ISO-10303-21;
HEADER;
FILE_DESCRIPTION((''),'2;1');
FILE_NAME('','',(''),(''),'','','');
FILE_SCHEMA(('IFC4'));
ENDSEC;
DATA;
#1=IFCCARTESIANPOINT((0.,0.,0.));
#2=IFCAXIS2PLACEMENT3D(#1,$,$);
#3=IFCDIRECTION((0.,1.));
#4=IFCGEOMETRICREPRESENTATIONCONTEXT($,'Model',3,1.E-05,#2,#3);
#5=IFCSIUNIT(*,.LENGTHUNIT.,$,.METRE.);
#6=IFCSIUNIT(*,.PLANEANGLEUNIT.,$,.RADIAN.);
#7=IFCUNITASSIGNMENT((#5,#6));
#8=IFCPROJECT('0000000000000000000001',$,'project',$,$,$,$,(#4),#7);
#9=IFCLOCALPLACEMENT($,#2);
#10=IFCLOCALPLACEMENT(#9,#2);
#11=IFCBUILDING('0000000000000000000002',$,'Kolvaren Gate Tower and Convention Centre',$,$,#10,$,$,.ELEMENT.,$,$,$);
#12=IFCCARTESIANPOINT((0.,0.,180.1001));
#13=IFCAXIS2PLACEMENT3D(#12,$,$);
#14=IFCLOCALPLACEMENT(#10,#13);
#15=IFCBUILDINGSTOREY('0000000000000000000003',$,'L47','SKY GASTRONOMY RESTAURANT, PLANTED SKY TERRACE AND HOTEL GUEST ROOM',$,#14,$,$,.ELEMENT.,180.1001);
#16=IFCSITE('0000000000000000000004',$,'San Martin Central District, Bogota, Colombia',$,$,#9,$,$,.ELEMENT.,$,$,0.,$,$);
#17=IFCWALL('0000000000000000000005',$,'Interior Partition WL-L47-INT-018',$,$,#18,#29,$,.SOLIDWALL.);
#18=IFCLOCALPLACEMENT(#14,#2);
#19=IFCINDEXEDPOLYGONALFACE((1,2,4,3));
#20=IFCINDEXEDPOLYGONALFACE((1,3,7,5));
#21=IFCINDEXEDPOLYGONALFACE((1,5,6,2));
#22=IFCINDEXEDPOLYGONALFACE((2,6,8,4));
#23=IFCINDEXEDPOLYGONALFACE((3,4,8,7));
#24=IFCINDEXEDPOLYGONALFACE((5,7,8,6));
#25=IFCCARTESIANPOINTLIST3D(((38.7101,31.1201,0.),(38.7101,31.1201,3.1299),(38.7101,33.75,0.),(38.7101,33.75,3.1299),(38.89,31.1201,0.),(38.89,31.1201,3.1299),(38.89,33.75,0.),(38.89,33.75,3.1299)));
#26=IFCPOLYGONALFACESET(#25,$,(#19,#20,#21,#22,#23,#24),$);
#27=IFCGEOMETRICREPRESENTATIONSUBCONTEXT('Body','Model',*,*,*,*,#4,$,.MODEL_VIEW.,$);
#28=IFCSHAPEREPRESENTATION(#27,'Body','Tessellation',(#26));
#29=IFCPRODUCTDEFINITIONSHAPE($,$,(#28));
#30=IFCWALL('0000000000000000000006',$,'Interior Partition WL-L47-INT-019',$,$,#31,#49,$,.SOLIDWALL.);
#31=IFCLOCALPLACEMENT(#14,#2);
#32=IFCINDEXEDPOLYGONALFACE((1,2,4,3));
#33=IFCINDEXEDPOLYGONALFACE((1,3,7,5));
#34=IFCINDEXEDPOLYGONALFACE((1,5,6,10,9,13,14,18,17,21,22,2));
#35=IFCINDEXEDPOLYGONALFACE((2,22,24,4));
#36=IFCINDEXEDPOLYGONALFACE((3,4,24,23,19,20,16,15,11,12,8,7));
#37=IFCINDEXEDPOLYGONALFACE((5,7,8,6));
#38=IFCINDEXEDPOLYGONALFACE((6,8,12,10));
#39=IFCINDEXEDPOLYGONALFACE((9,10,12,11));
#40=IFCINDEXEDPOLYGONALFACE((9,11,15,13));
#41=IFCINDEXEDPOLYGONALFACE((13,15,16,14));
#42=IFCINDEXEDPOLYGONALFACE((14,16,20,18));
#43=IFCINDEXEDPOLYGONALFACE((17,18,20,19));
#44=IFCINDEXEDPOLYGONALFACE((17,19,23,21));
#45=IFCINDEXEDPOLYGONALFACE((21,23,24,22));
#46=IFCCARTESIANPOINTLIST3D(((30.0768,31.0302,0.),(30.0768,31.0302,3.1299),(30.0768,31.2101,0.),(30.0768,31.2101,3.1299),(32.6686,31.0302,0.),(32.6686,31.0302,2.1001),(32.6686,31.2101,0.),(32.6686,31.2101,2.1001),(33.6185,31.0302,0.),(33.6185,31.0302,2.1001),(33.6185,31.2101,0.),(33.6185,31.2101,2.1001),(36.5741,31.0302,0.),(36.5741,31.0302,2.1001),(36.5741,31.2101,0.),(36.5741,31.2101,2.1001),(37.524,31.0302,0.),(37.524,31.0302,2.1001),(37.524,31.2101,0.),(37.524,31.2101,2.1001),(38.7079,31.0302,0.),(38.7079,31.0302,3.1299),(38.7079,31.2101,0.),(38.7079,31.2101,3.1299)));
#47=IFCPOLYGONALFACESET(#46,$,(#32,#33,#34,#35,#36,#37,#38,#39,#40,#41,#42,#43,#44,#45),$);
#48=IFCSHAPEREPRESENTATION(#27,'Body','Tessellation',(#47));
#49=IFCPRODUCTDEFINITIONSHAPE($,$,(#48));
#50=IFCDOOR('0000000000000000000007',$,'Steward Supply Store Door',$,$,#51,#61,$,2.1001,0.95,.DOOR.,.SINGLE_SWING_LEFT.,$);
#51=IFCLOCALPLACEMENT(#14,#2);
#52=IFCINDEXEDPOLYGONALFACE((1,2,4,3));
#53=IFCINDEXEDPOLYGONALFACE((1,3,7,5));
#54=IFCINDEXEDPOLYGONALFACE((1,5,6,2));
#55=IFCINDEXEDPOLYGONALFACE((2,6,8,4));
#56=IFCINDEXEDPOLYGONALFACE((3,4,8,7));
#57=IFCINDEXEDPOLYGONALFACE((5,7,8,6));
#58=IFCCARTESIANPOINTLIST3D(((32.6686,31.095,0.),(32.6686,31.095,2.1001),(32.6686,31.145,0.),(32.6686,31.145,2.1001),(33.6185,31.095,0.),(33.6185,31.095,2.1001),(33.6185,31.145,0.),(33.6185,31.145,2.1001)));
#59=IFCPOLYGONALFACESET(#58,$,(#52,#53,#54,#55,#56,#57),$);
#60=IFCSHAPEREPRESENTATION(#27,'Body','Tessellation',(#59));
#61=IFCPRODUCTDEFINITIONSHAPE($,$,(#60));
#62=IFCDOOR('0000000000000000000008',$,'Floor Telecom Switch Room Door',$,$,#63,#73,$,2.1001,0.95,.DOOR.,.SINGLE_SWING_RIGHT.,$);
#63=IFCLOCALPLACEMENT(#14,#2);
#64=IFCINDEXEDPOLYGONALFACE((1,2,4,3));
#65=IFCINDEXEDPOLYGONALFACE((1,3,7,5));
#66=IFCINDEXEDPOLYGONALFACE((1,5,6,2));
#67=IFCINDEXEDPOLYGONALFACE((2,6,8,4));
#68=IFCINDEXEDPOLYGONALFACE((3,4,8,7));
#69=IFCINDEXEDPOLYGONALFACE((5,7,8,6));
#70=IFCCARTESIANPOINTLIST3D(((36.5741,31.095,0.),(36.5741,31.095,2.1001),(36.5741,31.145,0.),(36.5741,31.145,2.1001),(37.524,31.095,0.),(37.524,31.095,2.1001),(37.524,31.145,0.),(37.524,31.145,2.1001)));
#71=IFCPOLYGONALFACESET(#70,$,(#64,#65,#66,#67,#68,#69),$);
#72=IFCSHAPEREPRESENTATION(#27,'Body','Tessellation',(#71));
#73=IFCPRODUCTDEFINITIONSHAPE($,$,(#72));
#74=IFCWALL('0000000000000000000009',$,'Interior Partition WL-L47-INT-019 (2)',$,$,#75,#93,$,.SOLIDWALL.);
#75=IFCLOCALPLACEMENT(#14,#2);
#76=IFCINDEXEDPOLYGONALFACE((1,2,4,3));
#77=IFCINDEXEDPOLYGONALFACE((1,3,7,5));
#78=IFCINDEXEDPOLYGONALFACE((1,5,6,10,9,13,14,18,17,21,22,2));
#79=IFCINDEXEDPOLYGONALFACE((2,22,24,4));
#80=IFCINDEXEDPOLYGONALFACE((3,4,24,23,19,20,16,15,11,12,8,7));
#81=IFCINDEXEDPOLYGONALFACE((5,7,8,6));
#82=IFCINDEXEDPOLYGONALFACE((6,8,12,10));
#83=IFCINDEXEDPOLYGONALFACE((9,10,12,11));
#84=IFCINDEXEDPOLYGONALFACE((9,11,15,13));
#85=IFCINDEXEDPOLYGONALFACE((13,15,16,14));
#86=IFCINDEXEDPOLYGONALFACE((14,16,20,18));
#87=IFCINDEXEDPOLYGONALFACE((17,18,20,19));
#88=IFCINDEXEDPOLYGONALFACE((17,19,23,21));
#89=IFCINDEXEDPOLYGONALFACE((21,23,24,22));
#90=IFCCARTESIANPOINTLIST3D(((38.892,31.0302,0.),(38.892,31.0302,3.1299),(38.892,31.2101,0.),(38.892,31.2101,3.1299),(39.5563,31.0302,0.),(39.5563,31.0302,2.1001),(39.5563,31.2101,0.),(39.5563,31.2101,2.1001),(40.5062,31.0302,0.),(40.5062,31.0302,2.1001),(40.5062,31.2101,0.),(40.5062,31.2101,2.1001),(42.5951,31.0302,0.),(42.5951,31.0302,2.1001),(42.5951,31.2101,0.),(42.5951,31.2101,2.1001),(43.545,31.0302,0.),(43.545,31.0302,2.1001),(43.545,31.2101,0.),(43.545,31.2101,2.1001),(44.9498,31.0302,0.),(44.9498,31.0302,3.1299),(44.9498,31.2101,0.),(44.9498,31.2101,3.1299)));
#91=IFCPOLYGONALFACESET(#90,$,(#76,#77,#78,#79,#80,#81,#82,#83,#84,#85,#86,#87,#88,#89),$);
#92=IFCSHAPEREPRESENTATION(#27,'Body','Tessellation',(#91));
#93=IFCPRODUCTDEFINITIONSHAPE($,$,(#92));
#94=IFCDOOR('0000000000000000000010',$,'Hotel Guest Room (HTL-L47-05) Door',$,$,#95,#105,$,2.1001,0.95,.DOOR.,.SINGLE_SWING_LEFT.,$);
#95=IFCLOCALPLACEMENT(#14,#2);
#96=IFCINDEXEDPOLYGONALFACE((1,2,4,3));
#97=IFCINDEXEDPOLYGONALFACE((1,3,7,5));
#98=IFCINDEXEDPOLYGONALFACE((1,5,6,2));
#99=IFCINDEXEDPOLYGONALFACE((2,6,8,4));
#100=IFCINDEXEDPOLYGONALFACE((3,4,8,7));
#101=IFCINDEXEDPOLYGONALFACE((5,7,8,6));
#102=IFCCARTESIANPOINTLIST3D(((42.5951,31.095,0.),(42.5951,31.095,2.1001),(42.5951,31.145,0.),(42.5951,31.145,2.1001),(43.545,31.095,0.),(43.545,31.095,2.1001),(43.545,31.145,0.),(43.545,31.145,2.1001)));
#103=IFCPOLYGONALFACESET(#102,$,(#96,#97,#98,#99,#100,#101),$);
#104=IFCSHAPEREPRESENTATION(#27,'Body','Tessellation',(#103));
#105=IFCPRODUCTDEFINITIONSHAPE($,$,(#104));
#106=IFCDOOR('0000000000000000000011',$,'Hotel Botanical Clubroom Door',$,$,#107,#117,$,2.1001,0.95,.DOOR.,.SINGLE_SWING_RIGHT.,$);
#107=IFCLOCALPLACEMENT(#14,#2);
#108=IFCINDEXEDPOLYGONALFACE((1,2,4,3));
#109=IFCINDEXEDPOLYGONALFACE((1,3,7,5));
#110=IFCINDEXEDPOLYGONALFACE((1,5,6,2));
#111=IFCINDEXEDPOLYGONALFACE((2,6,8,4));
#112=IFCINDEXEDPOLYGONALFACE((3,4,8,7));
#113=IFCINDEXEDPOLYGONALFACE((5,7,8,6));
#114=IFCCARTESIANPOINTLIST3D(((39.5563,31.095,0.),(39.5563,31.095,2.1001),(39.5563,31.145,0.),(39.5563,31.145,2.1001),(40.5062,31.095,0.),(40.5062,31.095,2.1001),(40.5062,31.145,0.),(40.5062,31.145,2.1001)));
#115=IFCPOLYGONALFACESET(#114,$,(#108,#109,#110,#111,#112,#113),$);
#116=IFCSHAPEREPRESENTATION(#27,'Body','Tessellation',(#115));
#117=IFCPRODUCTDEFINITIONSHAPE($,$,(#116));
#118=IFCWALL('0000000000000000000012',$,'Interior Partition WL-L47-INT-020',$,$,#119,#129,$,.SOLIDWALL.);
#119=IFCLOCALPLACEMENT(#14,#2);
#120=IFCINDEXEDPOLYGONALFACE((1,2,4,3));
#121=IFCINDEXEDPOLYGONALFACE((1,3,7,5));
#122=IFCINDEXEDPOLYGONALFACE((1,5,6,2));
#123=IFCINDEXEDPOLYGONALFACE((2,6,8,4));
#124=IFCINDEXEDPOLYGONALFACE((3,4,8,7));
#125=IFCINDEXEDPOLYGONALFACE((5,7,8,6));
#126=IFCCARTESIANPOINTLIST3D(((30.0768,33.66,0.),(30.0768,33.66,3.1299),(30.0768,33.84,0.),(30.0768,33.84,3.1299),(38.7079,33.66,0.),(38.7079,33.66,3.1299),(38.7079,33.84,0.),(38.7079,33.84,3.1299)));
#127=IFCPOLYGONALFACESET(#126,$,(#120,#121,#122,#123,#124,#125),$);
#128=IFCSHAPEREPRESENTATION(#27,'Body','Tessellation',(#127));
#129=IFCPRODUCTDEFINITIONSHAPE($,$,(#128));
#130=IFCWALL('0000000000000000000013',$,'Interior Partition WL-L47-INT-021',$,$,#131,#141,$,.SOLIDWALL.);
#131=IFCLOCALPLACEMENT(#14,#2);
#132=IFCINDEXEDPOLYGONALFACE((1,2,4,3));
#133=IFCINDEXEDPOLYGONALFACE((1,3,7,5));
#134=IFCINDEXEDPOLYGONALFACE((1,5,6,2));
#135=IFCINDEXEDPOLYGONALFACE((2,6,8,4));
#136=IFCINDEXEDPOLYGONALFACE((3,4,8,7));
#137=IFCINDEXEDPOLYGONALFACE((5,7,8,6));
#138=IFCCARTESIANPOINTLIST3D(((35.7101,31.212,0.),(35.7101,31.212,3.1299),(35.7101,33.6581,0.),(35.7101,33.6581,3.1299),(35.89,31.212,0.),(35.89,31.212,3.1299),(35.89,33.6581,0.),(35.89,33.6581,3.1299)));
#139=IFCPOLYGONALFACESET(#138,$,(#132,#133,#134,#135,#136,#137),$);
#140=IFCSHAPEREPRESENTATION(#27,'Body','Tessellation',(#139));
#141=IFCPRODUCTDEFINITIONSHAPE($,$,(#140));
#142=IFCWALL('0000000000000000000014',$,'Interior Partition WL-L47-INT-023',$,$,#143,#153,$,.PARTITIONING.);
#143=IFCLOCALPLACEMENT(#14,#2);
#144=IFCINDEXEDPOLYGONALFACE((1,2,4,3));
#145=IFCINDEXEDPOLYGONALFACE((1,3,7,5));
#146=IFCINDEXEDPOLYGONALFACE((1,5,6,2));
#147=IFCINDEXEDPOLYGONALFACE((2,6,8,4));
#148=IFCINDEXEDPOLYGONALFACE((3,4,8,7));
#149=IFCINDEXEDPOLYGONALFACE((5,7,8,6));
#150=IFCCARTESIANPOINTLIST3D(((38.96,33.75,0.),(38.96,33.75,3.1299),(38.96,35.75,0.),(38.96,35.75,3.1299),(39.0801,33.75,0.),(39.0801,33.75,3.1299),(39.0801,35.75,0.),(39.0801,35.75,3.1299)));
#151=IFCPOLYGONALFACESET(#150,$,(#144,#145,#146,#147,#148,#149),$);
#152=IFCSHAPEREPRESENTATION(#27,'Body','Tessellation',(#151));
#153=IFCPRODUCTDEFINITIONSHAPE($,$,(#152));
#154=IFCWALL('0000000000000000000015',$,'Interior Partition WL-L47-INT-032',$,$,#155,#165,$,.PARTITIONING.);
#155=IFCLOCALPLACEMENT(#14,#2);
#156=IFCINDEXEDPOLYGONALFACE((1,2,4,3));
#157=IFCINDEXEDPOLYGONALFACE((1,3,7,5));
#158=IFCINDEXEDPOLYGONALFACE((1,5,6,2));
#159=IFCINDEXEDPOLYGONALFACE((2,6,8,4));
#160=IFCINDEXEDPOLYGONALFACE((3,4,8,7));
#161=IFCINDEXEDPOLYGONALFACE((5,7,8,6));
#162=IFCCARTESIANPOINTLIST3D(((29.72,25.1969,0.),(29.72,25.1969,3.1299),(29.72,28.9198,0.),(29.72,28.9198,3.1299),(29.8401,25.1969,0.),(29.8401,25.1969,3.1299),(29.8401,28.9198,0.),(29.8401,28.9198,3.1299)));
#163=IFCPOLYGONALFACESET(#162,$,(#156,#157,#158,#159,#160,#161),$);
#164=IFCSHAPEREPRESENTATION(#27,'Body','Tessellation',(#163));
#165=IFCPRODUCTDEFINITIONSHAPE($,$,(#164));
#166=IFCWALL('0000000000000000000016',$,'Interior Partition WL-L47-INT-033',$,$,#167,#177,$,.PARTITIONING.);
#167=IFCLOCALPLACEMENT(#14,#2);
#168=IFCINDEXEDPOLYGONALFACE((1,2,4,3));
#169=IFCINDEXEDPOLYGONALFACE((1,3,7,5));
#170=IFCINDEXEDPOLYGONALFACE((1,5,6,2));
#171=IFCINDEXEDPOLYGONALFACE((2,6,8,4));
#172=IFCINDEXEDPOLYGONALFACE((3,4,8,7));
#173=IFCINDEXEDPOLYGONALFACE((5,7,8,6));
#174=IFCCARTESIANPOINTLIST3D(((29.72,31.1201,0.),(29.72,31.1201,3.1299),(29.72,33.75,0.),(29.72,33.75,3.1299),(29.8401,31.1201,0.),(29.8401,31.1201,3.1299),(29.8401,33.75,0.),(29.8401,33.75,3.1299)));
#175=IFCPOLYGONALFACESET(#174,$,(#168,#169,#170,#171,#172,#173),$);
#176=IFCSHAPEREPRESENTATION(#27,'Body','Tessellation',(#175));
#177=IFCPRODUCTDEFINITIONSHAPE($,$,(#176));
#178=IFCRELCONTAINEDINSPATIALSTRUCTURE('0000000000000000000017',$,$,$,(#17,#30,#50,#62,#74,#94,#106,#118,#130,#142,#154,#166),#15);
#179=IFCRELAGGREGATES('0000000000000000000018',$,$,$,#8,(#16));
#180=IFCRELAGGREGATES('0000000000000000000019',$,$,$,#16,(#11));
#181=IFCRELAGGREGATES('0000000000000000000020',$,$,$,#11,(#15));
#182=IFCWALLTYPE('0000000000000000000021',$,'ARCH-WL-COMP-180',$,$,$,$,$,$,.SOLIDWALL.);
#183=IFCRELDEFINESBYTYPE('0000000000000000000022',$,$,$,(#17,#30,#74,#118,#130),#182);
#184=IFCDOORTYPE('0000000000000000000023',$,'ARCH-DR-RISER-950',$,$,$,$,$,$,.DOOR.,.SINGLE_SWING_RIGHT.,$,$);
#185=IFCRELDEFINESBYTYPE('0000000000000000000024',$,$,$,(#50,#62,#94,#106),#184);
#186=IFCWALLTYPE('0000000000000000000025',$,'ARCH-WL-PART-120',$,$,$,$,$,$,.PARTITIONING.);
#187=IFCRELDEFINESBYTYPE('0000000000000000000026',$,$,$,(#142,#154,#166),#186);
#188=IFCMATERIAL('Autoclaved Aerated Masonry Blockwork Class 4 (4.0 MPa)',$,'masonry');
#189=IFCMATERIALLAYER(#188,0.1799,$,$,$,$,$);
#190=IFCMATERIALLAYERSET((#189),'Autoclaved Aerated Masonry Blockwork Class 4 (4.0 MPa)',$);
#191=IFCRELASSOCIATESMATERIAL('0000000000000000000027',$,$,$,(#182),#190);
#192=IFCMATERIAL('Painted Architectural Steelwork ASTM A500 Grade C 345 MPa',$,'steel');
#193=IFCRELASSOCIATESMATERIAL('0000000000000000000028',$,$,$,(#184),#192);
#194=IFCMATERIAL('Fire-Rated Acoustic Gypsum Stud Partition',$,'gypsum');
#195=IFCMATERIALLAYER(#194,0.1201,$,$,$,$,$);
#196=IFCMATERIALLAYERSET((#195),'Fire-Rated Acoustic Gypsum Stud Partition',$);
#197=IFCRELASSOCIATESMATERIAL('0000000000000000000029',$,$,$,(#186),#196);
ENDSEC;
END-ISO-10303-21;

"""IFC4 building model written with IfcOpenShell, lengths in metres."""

from ifc_helpers import new_model, si_unit, direction, frame, frame_2d, origin, place, context, subcontext, project, spatial, rectangle, extrude, material, layer, layer_set, type_object, element, fill, save


model = new_model("IFC4")

# Units and contexts
model_context = context("Model", 3, precision=1e-05, world=origin(), true_north=direction((0.0, 1.0)))
body_context = subcontext(model_context, "Body", "Model", "MODEL_VIEW")
ifc_project = project(units=[si_unit("LENGTHUNIT", "METRE"), si_unit("PLANEANGLEUNIT", "RADIAN")], contexts=[model_context])

# Site, building, storey
site_placement = place(None, origin())
site = spatial("IfcSite", under=ifc_project, at=site_placement, Name="San Martin Central District, Bogota, Colombia", CompositionType="ELEMENT", RefElevation=0.0)
building_placement = place(site_placement, origin())
building = spatial("IfcBuilding", under=site, at=building_placement, Name="Kolvaren Gate Tower and Convention Centre", CompositionType="ELEMENT")
storey_placement = place(building_placement, frame((0.0, 0.0, 180.1001)))
storey = spatial("IfcBuildingStorey", under=building, at=storey_placement, Name="L47", Description="SKY GASTRONOMY RESTAURANT, PLANTED SKY TERRACE AND HOTEL GUEST ROOM", CompositionType="ELEMENT", Elevation=180.1001)

# Wall
ifc_material_1 = material(Name="Autoclaved Aerated Masonry Blockwork Class 4 (4.0 MPa)", Category="masonry")
ifc_layer_1 = layer(ifc_material_1, 0.1799)
ifc_layer_set_1 = layer_set([ifc_layer_1], Name="Autoclaved Aerated Masonry Blockwork Class 4 (4.0 MPa)")
wall_type_1 = type_object("IfcWallType", Name="ARCH-WL-COMP-180", PredefinedType="SOLIDWALL", material=ifc_layer_set_1)
wall_1_placement = place(storey_placement, frame((38.8, 31.1201, 0.0), z_axis=(0.0, 0.0, 1.0), x_axis=(0.0, 1.0, 0.0)))
element("IfcWall", 1, at=wall_1_placement, inside=storey, type_object=wall_type_1, Name="Interior Partition WL-L47-INT-018", PredefinedType="SOLIDWALL", context=body_context, shape_type="SweptSolid", body=[
    extrude(rectangle(XDim=2.6299, YDim=0.1799, at=frame_2d((1.3149, 0.0))), origin(), (0.0, 0.0, 1.0), 3.1299),
])

# Walls, openings, doors
wall_2_placement = place(storey_placement, frame((30.0769, 31.1201, 0.0), z_axis=(0.0, 0.0, 1.0), x_axis=(1.0, 0.0, 0.0)))
wall_2 = element("IfcWall", 2, at=wall_2_placement, inside=storey, type_object=wall_type_1, Name="Interior Partition WL-L47-INT-019", PredefinedType="SOLIDWALL", context=body_context, shape_type="SweptSolid", body=[
    extrude(rectangle(XDim=8.6311, YDim=0.1799, at=frame_2d((4.3154, 0.0))), origin(), (0.0, 0.0, 1.0), 3.1299),
])
opening_1_placement = place(wall_2_placement, frame((2.5916, 0.0, 0.0)))
opening_1 = element("IfcOpeningElement", 3, at=opening_1_placement, cuts=wall_2, PredefinedType="OPENING", context=body_context, shape_type="SweptSolid", body=[
    extrude(rectangle(XDim=0.95, YDim=2.1001, at=frame_2d((0.4751, 1.05))), frame((0.0, 0.0999, 0.0), z_axis=(0.0, -1.0, 0.0), x_axis=(1.0, 0.0, 0.0)), (0.0, 0.0, 1.0), 0.2),
])
opening_2_placement = place(wall_2_placement, frame((6.4971, 0.0, 0.0)))
opening_2 = element("IfcOpeningElement", 4, at=opening_2_placement, cuts=wall_2, PredefinedType="OPENING", context=body_context, shape_type="SweptSolid", body=[
    extrude(rectangle(XDim=0.95, YDim=2.1001, at=frame_2d((0.4751, 1.05))), frame((0.0, 0.0999, 0.0), z_axis=(0.0, -1.0, 0.0), x_axis=(1.0, 0.0, 0.0)), (0.0, 0.0, 1.0), 0.2),
])
ifc_material_2 = material(Name="Painted Architectural Steelwork ASTM A500 Grade C 345 MPa", Category="steel")
door_type = type_object("IfcDoorType", Name="ARCH-DR-RISER-950", OperationType="SINGLE_SWING_RIGHT", PredefinedType="DOOR", material=ifc_material_2)
door_1_placement = place(opening_1_placement, origin())
door_1 = element("IfcDoor", 5, at=door_1_placement, inside=storey, type_object=door_type, Name="Steward Supply Store Door", OperationType="SINGLE_SWING_LEFT", OverallHeight=2.1001, OverallWidth=0.95, PredefinedType="DOOR", context=body_context, shape_type="SweptSolid", body=[
    extrude(rectangle(XDim=0.95, YDim=2.1001, at=frame_2d((0.4751, 1.05))), frame((0.0, 0.0249, 0.0), z_axis=(0.0, -1.0, 0.0), x_axis=(1.0, 0.0, 0.0)), (0.0, 0.0, 1.0), 0.05),
])
fill(opening_1, door_1)
door_2_placement = place(opening_2_placement, origin())
door_2 = element("IfcDoor", 6, at=door_2_placement, inside=storey, type_object=door_type, Name="Floor Telecom Switch Room Door", OperationType="SINGLE_SWING_RIGHT", OverallHeight=2.1001, OverallWidth=0.95, PredefinedType="DOOR", context=body_context, shape_type="SweptSolid", body=[
    extrude(rectangle(XDim=0.95, YDim=2.1001, at=frame_2d((0.4751, 1.05))), frame((0.0, 0.0249, 0.0), z_axis=(0.0, -1.0, 0.0), x_axis=(1.0, 0.0, 0.0)), (0.0, 0.0, 1.0), 0.05),
])
fill(opening_2, door_2)
wall_3_placement = place(storey_placement, frame((38.8921, 31.1201, 0.0), z_axis=(0.0, 0.0, 1.0), x_axis=(1.0, 0.0, 0.0)))
wall_3 = element("IfcWall", 7, at=wall_3_placement, inside=storey, type_object=wall_type_1, Name="Interior Partition WL-L47-INT-019 (2)", PredefinedType="SOLIDWALL", context=body_context, shape_type="SweptSolid", body=[
    extrude(rectangle(XDim=6.0579, YDim=0.1799, at=frame_2d((3.0288, 0.0))), origin(), (0.0, 0.0, 1.0), 3.1299),
])
opening_3_placement = place(wall_3_placement, frame((3.7029, 0.0, 0.0)))
opening_3 = element("IfcOpeningElement", 8, at=opening_3_placement, cuts=wall_3, PredefinedType="OPENING", context=body_context, shape_type="SweptSolid", body=[
    extrude(rectangle(XDim=0.95, YDim=2.1001, at=frame_2d((0.4751, 1.05))), frame((0.0, 0.0999, 0.0), z_axis=(0.0, -1.0, 0.0), x_axis=(1.0, 0.0, 0.0)), (0.0, 0.0, 1.0), 0.2),
])
opening_4_placement = place(wall_3_placement, frame((0.6641, 0.0, 0.0)))
opening_4 = element("IfcOpeningElement", 9, at=opening_4_placement, cuts=wall_3, PredefinedType="OPENING", context=body_context, shape_type="SweptSolid", body=[
    extrude(rectangle(XDim=0.95, YDim=2.1001, at=frame_2d((0.4751, 1.05))), frame((0.0, 0.0999, 0.0), z_axis=(0.0, -1.0, 0.0), x_axis=(1.0, 0.0, 0.0)), (0.0, 0.0, 1.0), 0.2),
])
door_3_placement = place(opening_3_placement, origin())
door_3 = element("IfcDoor", 10, at=door_3_placement, inside=storey, type_object=door_type, Name="Hotel Guest Room (HTL-L47-05) Door", OperationType="SINGLE_SWING_LEFT", OverallHeight=2.1001, OverallWidth=0.95, PredefinedType="DOOR", context=body_context, shape_type="SweptSolid", body=[
    extrude(rectangle(XDim=0.95, YDim=2.1001, at=frame_2d((0.4751, 1.05))), frame((0.0, 0.0249, 0.0), z_axis=(0.0, -1.0, 0.0), x_axis=(1.0, 0.0, 0.0)), (0.0, 0.0, 1.0), 0.05),
])
fill(opening_3, door_3)
door_4_placement = place(opening_4_placement, origin())
door_4 = element("IfcDoor", 11, at=door_4_placement, inside=storey, type_object=door_type, Name="Hotel Botanical Clubroom Door", OperationType="SINGLE_SWING_RIGHT", OverallHeight=2.1001, OverallWidth=0.95, PredefinedType="DOOR", context=body_context, shape_type="SweptSolid", body=[
    extrude(rectangle(XDim=0.95, YDim=2.1001, at=frame_2d((0.4751, 1.05))), frame((0.0, 0.0249, 0.0), z_axis=(0.0, -1.0, 0.0), x_axis=(1.0, 0.0, 0.0)), (0.0, 0.0, 1.0), 0.05),
])
fill(opening_4, door_4)

# Walls
wall_4_placement = place(storey_placement, frame((30.0769, 33.75, 0.0), z_axis=(0.0, 0.0, 1.0), x_axis=(1.0, 0.0, 0.0)))
element("IfcWall", 12, at=wall_4_placement, inside=storey, type_object=wall_type_1, Name="Interior Partition WL-L47-INT-020", PredefinedType="SOLIDWALL", context=body_context, shape_type="SweptSolid", body=[
    extrude(rectangle(XDim=8.6311, YDim=0.1799, at=frame_2d((4.3154, 0.0))), origin(), (0.0, 0.0, 1.0), 3.1299),
])
wall_5_placement = place(storey_placement, frame((35.8, 31.2119, 0.0), z_axis=(0.0, 0.0, 1.0), x_axis=(0.0, 1.0, 0.0)))
element("IfcWall", 13, at=wall_5_placement, inside=storey, type_object=wall_type_1, Name="Interior Partition WL-L47-INT-021", PredefinedType="SOLIDWALL", context=body_context, shape_type="SweptSolid", body=[
    extrude(rectangle(XDim=2.446, YDim=0.1799, at=frame_2d((1.2231, 0.0))), origin(), (0.0, 0.0, 1.0), 3.1299),
])
ifc_material_3 = material(Name="Fire-Rated Acoustic Gypsum Stud Partition", Category="gypsum")
ifc_layer_2 = layer(ifc_material_3, 0.1201)
ifc_layer_set_2 = layer_set([ifc_layer_2], Name="Fire-Rated Acoustic Gypsum Stud Partition")
wall_type_2 = type_object("IfcWallType", Name="ARCH-WL-PART-120", PredefinedType="PARTITIONING", material=ifc_layer_set_2)
wall_6_placement = place(storey_placement, frame((39.02, 33.75, 0.0), z_axis=(0.0, 0.0, 1.0), x_axis=(0.0, 1.0, 0.0)))
element("IfcWall", 14, at=wall_6_placement, inside=storey, type_object=wall_type_2, Name="Interior Partition WL-L47-INT-023", PredefinedType="PARTITIONING", context=body_context, shape_type="SweptSolid", body=[
    extrude(rectangle(XDim=2.0, YDim=0.1201, at=frame_2d((1.0, 0.0))), origin(), (0.0, 0.0, 1.0), 3.1299),
])
wall_7_placement = place(storey_placement, frame((29.78, 25.197, 0.0), z_axis=(0.0, 0.0, 1.0), x_axis=(0.0, 1.0, 0.0)))
element("IfcWall", 15, at=wall_7_placement, inside=storey, type_object=wall_type_2, Name="Interior Partition WL-L47-INT-032", PredefinedType="PARTITIONING", context=body_context, shape_type="SweptSolid", body=[
    extrude(rectangle(XDim=3.7229, YDim=0.1201, at=frame_2d((1.8613, 0.0))), origin(), (0.0, 0.0, 1.0), 3.1299),
])
wall_8_placement = place(storey_placement, frame((29.78, 31.1201, 0.0), z_axis=(0.0, 0.0, 1.0), x_axis=(0.0, 1.0, 0.0)))
element("IfcWall", 16, at=wall_8_placement, inside=storey, type_object=wall_type_2, Name="Interior Partition WL-L47-INT-033", PredefinedType="PARTITIONING", context=body_context, shape_type="SweptSolid", body=[
    extrude(rectangle(XDim=2.6299, YDim=0.1201, at=frame_2d((1.3149, 0.0))), origin(), (0.0, 0.0, 1.0), 3.1299),
])

save(model, "model.ifc")
